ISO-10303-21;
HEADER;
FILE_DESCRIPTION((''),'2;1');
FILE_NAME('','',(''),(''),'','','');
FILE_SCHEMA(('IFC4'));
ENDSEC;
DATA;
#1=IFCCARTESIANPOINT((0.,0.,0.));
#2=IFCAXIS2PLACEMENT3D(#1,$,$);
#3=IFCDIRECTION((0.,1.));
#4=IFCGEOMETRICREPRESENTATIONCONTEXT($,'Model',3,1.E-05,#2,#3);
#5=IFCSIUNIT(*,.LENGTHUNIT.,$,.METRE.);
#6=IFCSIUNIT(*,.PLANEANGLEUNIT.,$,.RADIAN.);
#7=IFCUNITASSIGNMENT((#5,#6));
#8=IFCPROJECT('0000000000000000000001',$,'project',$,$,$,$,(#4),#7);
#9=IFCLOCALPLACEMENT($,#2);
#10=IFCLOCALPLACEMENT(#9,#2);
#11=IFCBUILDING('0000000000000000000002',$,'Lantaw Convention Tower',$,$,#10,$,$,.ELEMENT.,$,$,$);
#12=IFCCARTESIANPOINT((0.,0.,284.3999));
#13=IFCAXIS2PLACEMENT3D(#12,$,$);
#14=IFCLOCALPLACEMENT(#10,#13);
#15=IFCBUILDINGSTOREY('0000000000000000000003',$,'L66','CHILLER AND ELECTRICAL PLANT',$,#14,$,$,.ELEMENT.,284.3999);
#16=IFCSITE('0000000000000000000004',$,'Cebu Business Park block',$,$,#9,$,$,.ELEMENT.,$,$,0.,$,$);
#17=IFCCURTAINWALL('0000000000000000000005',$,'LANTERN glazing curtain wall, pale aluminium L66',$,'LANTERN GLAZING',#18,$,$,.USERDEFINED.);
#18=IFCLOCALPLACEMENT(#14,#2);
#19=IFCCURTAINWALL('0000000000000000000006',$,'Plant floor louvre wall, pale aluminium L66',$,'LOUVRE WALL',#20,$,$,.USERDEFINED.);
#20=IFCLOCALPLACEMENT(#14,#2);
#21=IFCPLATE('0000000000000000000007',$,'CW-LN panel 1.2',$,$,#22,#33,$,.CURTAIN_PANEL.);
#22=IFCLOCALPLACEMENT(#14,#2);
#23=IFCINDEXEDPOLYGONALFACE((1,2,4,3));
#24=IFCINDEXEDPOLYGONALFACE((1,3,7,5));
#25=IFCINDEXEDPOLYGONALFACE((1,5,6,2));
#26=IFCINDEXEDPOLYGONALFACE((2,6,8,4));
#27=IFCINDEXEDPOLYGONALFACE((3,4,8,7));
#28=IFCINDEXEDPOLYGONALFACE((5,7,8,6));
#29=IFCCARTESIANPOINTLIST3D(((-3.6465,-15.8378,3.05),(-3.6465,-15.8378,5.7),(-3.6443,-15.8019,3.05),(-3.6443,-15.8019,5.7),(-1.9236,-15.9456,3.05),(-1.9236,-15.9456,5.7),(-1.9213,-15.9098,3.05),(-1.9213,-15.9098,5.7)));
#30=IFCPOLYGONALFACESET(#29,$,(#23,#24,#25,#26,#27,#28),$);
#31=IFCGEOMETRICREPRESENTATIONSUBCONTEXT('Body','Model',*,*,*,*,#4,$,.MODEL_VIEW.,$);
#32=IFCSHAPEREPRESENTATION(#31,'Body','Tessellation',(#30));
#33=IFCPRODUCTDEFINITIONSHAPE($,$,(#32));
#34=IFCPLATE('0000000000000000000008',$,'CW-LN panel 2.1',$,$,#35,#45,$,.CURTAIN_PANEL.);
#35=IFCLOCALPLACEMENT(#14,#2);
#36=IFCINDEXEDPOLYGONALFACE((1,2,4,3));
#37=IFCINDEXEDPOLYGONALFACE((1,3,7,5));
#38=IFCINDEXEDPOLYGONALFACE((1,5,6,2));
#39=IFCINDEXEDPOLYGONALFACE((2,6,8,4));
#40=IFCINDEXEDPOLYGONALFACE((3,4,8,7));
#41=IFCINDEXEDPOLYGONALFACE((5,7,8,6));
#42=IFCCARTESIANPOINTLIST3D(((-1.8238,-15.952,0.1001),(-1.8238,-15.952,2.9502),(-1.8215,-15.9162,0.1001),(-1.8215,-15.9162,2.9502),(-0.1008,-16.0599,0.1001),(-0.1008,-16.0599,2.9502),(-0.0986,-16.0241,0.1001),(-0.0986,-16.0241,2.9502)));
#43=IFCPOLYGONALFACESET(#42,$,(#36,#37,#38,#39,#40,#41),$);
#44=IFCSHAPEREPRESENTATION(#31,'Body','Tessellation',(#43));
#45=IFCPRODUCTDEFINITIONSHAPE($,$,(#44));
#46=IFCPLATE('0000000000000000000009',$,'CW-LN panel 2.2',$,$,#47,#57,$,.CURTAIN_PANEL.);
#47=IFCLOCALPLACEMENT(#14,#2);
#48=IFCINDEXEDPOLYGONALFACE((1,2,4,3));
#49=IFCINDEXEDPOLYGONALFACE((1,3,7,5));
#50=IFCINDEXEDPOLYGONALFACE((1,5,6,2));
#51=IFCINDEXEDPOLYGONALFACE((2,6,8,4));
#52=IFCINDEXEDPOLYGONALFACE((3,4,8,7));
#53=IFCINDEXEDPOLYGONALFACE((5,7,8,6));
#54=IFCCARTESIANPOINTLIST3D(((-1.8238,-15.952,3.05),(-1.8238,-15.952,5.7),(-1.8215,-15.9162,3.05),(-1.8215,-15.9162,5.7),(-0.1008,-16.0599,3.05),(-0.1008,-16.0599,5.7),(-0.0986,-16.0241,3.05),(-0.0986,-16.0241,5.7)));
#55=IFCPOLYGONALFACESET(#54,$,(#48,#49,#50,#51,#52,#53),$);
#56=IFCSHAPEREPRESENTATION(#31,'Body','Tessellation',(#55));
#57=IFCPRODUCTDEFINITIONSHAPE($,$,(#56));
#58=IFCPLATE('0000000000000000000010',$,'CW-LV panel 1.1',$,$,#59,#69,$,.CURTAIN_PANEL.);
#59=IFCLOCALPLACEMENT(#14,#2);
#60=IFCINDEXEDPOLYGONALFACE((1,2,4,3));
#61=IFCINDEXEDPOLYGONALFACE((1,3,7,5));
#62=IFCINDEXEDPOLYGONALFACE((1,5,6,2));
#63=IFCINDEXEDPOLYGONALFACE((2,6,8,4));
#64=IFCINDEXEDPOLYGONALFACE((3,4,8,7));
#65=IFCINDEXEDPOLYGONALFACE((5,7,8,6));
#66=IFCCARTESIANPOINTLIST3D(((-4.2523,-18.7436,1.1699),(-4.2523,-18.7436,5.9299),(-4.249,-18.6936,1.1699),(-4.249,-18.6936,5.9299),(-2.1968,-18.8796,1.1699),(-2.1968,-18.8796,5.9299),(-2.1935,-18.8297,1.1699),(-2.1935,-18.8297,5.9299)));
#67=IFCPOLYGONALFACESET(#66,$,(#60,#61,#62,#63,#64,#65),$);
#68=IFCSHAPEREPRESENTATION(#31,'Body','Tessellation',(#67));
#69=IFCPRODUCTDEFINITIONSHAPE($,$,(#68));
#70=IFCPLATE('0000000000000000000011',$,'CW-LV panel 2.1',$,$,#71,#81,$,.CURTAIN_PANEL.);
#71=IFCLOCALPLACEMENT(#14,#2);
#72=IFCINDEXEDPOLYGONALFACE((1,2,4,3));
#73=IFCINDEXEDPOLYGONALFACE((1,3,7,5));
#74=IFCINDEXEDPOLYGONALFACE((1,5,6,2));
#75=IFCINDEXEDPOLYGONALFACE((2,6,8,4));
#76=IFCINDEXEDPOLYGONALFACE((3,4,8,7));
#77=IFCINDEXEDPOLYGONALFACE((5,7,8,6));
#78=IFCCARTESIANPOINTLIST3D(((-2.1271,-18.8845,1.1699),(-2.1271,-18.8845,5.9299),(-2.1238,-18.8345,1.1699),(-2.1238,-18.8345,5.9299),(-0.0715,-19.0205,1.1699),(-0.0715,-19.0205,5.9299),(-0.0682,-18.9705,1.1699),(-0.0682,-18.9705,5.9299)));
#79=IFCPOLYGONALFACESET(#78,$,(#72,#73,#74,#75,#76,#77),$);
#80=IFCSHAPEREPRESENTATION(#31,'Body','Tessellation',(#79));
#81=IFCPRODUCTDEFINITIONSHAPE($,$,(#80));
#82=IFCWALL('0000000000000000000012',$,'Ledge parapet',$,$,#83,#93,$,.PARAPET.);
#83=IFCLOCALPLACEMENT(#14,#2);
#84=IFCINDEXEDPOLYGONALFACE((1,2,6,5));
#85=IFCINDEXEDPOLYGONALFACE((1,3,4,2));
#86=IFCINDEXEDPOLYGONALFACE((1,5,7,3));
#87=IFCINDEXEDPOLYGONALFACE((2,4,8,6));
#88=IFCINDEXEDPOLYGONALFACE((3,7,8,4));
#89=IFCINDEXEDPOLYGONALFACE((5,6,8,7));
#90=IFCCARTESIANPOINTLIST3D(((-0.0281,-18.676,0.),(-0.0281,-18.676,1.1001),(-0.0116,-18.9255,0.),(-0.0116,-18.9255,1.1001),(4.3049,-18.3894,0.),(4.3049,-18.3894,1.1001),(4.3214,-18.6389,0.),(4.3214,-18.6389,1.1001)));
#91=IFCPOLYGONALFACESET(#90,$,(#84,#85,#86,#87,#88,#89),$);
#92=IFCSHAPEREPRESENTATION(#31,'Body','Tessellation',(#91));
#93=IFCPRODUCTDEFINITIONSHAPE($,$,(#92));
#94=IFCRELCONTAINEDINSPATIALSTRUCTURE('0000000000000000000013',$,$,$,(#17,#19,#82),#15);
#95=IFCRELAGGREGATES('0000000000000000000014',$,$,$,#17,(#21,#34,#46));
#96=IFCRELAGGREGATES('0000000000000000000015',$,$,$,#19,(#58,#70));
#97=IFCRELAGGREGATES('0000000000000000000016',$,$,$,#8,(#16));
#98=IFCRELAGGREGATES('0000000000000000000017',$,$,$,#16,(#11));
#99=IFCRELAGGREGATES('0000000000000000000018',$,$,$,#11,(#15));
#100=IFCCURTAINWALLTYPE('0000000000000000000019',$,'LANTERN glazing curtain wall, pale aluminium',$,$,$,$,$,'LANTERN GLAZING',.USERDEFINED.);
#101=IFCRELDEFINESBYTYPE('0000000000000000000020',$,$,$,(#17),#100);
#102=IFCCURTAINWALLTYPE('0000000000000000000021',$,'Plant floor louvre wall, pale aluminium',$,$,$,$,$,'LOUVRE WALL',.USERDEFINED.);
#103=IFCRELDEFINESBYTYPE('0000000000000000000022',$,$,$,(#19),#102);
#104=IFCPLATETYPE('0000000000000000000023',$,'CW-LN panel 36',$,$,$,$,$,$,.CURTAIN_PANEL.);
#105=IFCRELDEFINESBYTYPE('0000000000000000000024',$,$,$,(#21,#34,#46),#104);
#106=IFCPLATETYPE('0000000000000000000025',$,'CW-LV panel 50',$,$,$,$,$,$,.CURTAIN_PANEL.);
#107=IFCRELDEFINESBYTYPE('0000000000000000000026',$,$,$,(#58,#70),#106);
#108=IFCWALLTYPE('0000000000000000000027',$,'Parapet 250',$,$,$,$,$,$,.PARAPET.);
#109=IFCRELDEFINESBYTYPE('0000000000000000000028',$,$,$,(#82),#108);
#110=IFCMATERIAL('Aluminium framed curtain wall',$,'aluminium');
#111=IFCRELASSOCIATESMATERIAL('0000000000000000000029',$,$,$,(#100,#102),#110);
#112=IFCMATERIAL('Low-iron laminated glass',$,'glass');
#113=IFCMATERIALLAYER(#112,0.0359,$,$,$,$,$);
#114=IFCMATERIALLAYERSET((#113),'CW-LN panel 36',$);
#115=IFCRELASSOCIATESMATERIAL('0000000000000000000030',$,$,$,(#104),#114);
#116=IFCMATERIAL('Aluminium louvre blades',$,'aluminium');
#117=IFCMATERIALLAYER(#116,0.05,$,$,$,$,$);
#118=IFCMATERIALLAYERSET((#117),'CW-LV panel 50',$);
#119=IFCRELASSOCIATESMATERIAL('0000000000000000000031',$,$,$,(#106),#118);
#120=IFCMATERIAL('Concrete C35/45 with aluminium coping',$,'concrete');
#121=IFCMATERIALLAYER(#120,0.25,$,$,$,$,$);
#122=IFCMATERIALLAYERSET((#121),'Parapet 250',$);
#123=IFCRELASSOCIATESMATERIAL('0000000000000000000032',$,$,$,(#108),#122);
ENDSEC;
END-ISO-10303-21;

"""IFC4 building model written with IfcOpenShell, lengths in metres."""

from ifc_helpers import new_model, si_unit, direction, frame, frame_2d, origin, origin_2d, place, context, subcontext, project, spatial, rectangle, extrude, material, layer, layer_set, type_object, element, aggregate, save


model = new_model("IFC4")

# Units and contexts
model_context = context("Model", 3, precision=1e-05, world=origin(), true_north=direction((0.0, 1.0)))
body_context = subcontext(model_context, "Body", "Model", "MODEL_VIEW")
ifc_project = project(units=[si_unit("LENGTHUNIT", "METRE"), si_unit("PLANEANGLEUNIT", "RADIAN")], contexts=[model_context])

# Site, building, storey
site_placement = place(None, origin())
site = spatial("IfcSite", under=ifc_project, at=site_placement, Name="Cebu Business Park block", CompositionType="ELEMENT", RefElevation=0.0)
building_placement = place(site_placement, origin())
building = spatial("IfcBuilding", under=site, at=building_placement, Name="Lantaw Convention Tower", CompositionType="ELEMENT")
storey_placement = place(building_placement, frame((0.0, 0.0, 284.3999)))
storey = spatial("IfcBuildingStorey", under=building, at=storey_placement, Name="L66", Description="CHILLER AND ELECTRICAL PLANT", CompositionType="ELEMENT", Elevation=284.3999)

# Curtain walls
ifc_material_1 = material(Name="Aluminium framed curtain wall", Category="aluminium")
curtain_wall_type_1 = type_object("IfcCurtainWallType", Name="LANTERN glazing curtain wall, pale aluminium", ElementType="LANTERN GLAZING", PredefinedType="USERDEFINED", material=ifc_material_1)
curtain_wall_1_placement = place(storey_placement, origin())
curtain_wall_1 = element("IfcCurtainWall", 1, at=curtain_wall_1_placement, inside=storey, type_object=curtain_wall_type_1, Name="LANTERN glazing curtain wall, pale aluminium L66", ObjectType="LANTERN GLAZING", PredefinedType="USERDEFINED")
curtain_wall_type_2 = type_object("IfcCurtainWallType", Name="Plant floor louvre wall, pale aluminium", ElementType="LOUVRE WALL", PredefinedType="USERDEFINED", material=ifc_material_1)
curtain_wall_2_placement = place(storey_placement, origin())
curtain_wall_2 = element("IfcCurtainWall", 2, at=curtain_wall_2_placement, inside=storey, type_object=curtain_wall_type_2, Name="Plant floor louvre wall, pale aluminium L66", ObjectType="LOUVRE WALL", PredefinedType="USERDEFINED")

# Plates
ifc_material_2 = material(Name="Low-iron laminated glass", Category="glass")
ifc_layer_1 = layer(ifc_material_2, 0.0359)
ifc_layer_set_1 = layer_set([ifc_layer_1], Name="CW-LN panel 36")
plate_type_1 = type_object("IfcPlateType", Name="CW-LN panel 36", PredefinedType="CURTAIN_PANEL", material=ifc_layer_set_1)
plate_1_placement = place(storey_placement, frame((-2.7839, -15.8738, 3.05), z_axis=(0.0, 0.0, 1.0), x_axis=(0.998046, -0.062489, 0.0)))
plate_1 = element("IfcPlate", 3, at=plate_1_placement, type_object=plate_type_1, Name="CW-LN panel 1.2", PredefinedType="CURTAIN_PANEL", context=body_context, shape_type="SweptSolid", body=[
    extrude(rectangle(XDim=1.7263, YDim=0.0359, at=origin_2d()), origin(), (0.0, 0.0, 1.0), 2.6499),
])
plate_2_placement = place(storey_placement, frame((-0.9612, -15.988, 0.1001), z_axis=(0.0, 0.0, 1.0), x_axis=(0.998046, -0.062489, 0.0)))
plate_2 = element("IfcPlate", 4, at=plate_2_placement, type_object=plate_type_1, Name="CW-LN panel 2.1", PredefinedType="CURTAIN_PANEL", context=body_context, shape_type="SweptSolid", body=[
    extrude(rectangle(XDim=1.7263, YDim=0.0359, at=origin_2d()), origin(), (0.0, 0.0, 1.0), 2.8501),
])
plate_3_placement = place(storey_placement, frame((-0.9612, -15.988, 3.05), z_axis=(0.0, 0.0, 1.0), x_axis=(0.998046, -0.062489, 0.0)))
plate_3 = element("IfcPlate", 5, at=plate_3_placement, type_object=plate_type_1, Name="CW-LN panel 2.2", PredefinedType="CURTAIN_PANEL", context=body_context, shape_type="SweptSolid", body=[
    extrude(rectangle(XDim=1.7263, YDim=0.0359, at=origin_2d()), origin(), (0.0, 0.0, 1.0), 2.6499),
])
aggregate(curtain_wall_1, [plate_1, plate_2, plate_3])
ifc_material_3 = material(Name="Aluminium louvre blades", Category="aluminium")
ifc_layer_2 = layer(ifc_material_3, 0.05)
ifc_layer_set_2 = layer_set([ifc_layer_2], Name="CW-LV panel 50")
plate_type_2 = type_object("IfcPlateType", Name="CW-LV panel 50", PredefinedType="CURTAIN_PANEL", material=ifc_layer_set_2)
plate_4_placement = place(storey_placement, frame((-3.2229, -18.7866, 1.1699), z_axis=(0.0, 0.0, 1.0), x_axis=(0.997818, -0.066025, 0.0)))
plate_4 = element("IfcPlate", 6, at=plate_4_placement, type_object=plate_type_2, Name="CW-LV panel 1.1", PredefinedType="CURTAIN_PANEL", context=body_context, shape_type="SweptSolid", body=[
    extrude(rectangle(XDim=2.0601, YDim=0.05, at=origin_2d()), origin(), (0.0, 0.0, 1.0), 4.76),
])
plate_5_placement = place(storey_placement, frame((-1.0977, -18.9275, 1.1699), z_axis=(0.0, 0.0, 1.0), x_axis=(0.997818, -0.066025, 0.0)))
plate_5 = element("IfcPlate", 7, at=plate_5_placement, type_object=plate_type_2, Name="CW-LV panel 2.1", PredefinedType="CURTAIN_PANEL", context=body_context, shape_type="SweptSolid", body=[
    extrude(rectangle(XDim=2.0601, YDim=0.05, at=origin_2d()), origin(), (0.0, 0.0, 1.0), 4.76),
])
aggregate(curtain_wall_2, [plate_4, plate_5])

# Wall
ifc_material_4 = material(Name="Concrete C35/45 with aluminium coping", Category="concrete")
ifc_layer_3 = layer(ifc_material_4, 0.25)
ifc_layer_set_3 = layer_set([ifc_layer_3], Name="Parapet 250")
wall_type = type_object("IfcWallType", Name="Parapet 250", PredefinedType="PARAPET", material=ifc_layer_set_3)
wall_placement = place(storey_placement, frame((-0.02, -18.8008, 0.0), z_axis=(0.0, 0.0, 1.0), x_axis=(0.997819, 0.066004, 0.0)))
element("IfcWall", 8, at=wall_placement, inside=storey, type_object=wall_type, Name="Ledge parapet", PredefinedType="PARAPET", context=body_context, shape_type="SweptSolid", body=[
    extrude(rectangle(XDim=4.3425, YDim=0.25, at=frame_2d((2.1714, 0.0))), origin(), (0.0, 0.0, 1.0), 1.1001),
])

save(model, "model.ifc")
